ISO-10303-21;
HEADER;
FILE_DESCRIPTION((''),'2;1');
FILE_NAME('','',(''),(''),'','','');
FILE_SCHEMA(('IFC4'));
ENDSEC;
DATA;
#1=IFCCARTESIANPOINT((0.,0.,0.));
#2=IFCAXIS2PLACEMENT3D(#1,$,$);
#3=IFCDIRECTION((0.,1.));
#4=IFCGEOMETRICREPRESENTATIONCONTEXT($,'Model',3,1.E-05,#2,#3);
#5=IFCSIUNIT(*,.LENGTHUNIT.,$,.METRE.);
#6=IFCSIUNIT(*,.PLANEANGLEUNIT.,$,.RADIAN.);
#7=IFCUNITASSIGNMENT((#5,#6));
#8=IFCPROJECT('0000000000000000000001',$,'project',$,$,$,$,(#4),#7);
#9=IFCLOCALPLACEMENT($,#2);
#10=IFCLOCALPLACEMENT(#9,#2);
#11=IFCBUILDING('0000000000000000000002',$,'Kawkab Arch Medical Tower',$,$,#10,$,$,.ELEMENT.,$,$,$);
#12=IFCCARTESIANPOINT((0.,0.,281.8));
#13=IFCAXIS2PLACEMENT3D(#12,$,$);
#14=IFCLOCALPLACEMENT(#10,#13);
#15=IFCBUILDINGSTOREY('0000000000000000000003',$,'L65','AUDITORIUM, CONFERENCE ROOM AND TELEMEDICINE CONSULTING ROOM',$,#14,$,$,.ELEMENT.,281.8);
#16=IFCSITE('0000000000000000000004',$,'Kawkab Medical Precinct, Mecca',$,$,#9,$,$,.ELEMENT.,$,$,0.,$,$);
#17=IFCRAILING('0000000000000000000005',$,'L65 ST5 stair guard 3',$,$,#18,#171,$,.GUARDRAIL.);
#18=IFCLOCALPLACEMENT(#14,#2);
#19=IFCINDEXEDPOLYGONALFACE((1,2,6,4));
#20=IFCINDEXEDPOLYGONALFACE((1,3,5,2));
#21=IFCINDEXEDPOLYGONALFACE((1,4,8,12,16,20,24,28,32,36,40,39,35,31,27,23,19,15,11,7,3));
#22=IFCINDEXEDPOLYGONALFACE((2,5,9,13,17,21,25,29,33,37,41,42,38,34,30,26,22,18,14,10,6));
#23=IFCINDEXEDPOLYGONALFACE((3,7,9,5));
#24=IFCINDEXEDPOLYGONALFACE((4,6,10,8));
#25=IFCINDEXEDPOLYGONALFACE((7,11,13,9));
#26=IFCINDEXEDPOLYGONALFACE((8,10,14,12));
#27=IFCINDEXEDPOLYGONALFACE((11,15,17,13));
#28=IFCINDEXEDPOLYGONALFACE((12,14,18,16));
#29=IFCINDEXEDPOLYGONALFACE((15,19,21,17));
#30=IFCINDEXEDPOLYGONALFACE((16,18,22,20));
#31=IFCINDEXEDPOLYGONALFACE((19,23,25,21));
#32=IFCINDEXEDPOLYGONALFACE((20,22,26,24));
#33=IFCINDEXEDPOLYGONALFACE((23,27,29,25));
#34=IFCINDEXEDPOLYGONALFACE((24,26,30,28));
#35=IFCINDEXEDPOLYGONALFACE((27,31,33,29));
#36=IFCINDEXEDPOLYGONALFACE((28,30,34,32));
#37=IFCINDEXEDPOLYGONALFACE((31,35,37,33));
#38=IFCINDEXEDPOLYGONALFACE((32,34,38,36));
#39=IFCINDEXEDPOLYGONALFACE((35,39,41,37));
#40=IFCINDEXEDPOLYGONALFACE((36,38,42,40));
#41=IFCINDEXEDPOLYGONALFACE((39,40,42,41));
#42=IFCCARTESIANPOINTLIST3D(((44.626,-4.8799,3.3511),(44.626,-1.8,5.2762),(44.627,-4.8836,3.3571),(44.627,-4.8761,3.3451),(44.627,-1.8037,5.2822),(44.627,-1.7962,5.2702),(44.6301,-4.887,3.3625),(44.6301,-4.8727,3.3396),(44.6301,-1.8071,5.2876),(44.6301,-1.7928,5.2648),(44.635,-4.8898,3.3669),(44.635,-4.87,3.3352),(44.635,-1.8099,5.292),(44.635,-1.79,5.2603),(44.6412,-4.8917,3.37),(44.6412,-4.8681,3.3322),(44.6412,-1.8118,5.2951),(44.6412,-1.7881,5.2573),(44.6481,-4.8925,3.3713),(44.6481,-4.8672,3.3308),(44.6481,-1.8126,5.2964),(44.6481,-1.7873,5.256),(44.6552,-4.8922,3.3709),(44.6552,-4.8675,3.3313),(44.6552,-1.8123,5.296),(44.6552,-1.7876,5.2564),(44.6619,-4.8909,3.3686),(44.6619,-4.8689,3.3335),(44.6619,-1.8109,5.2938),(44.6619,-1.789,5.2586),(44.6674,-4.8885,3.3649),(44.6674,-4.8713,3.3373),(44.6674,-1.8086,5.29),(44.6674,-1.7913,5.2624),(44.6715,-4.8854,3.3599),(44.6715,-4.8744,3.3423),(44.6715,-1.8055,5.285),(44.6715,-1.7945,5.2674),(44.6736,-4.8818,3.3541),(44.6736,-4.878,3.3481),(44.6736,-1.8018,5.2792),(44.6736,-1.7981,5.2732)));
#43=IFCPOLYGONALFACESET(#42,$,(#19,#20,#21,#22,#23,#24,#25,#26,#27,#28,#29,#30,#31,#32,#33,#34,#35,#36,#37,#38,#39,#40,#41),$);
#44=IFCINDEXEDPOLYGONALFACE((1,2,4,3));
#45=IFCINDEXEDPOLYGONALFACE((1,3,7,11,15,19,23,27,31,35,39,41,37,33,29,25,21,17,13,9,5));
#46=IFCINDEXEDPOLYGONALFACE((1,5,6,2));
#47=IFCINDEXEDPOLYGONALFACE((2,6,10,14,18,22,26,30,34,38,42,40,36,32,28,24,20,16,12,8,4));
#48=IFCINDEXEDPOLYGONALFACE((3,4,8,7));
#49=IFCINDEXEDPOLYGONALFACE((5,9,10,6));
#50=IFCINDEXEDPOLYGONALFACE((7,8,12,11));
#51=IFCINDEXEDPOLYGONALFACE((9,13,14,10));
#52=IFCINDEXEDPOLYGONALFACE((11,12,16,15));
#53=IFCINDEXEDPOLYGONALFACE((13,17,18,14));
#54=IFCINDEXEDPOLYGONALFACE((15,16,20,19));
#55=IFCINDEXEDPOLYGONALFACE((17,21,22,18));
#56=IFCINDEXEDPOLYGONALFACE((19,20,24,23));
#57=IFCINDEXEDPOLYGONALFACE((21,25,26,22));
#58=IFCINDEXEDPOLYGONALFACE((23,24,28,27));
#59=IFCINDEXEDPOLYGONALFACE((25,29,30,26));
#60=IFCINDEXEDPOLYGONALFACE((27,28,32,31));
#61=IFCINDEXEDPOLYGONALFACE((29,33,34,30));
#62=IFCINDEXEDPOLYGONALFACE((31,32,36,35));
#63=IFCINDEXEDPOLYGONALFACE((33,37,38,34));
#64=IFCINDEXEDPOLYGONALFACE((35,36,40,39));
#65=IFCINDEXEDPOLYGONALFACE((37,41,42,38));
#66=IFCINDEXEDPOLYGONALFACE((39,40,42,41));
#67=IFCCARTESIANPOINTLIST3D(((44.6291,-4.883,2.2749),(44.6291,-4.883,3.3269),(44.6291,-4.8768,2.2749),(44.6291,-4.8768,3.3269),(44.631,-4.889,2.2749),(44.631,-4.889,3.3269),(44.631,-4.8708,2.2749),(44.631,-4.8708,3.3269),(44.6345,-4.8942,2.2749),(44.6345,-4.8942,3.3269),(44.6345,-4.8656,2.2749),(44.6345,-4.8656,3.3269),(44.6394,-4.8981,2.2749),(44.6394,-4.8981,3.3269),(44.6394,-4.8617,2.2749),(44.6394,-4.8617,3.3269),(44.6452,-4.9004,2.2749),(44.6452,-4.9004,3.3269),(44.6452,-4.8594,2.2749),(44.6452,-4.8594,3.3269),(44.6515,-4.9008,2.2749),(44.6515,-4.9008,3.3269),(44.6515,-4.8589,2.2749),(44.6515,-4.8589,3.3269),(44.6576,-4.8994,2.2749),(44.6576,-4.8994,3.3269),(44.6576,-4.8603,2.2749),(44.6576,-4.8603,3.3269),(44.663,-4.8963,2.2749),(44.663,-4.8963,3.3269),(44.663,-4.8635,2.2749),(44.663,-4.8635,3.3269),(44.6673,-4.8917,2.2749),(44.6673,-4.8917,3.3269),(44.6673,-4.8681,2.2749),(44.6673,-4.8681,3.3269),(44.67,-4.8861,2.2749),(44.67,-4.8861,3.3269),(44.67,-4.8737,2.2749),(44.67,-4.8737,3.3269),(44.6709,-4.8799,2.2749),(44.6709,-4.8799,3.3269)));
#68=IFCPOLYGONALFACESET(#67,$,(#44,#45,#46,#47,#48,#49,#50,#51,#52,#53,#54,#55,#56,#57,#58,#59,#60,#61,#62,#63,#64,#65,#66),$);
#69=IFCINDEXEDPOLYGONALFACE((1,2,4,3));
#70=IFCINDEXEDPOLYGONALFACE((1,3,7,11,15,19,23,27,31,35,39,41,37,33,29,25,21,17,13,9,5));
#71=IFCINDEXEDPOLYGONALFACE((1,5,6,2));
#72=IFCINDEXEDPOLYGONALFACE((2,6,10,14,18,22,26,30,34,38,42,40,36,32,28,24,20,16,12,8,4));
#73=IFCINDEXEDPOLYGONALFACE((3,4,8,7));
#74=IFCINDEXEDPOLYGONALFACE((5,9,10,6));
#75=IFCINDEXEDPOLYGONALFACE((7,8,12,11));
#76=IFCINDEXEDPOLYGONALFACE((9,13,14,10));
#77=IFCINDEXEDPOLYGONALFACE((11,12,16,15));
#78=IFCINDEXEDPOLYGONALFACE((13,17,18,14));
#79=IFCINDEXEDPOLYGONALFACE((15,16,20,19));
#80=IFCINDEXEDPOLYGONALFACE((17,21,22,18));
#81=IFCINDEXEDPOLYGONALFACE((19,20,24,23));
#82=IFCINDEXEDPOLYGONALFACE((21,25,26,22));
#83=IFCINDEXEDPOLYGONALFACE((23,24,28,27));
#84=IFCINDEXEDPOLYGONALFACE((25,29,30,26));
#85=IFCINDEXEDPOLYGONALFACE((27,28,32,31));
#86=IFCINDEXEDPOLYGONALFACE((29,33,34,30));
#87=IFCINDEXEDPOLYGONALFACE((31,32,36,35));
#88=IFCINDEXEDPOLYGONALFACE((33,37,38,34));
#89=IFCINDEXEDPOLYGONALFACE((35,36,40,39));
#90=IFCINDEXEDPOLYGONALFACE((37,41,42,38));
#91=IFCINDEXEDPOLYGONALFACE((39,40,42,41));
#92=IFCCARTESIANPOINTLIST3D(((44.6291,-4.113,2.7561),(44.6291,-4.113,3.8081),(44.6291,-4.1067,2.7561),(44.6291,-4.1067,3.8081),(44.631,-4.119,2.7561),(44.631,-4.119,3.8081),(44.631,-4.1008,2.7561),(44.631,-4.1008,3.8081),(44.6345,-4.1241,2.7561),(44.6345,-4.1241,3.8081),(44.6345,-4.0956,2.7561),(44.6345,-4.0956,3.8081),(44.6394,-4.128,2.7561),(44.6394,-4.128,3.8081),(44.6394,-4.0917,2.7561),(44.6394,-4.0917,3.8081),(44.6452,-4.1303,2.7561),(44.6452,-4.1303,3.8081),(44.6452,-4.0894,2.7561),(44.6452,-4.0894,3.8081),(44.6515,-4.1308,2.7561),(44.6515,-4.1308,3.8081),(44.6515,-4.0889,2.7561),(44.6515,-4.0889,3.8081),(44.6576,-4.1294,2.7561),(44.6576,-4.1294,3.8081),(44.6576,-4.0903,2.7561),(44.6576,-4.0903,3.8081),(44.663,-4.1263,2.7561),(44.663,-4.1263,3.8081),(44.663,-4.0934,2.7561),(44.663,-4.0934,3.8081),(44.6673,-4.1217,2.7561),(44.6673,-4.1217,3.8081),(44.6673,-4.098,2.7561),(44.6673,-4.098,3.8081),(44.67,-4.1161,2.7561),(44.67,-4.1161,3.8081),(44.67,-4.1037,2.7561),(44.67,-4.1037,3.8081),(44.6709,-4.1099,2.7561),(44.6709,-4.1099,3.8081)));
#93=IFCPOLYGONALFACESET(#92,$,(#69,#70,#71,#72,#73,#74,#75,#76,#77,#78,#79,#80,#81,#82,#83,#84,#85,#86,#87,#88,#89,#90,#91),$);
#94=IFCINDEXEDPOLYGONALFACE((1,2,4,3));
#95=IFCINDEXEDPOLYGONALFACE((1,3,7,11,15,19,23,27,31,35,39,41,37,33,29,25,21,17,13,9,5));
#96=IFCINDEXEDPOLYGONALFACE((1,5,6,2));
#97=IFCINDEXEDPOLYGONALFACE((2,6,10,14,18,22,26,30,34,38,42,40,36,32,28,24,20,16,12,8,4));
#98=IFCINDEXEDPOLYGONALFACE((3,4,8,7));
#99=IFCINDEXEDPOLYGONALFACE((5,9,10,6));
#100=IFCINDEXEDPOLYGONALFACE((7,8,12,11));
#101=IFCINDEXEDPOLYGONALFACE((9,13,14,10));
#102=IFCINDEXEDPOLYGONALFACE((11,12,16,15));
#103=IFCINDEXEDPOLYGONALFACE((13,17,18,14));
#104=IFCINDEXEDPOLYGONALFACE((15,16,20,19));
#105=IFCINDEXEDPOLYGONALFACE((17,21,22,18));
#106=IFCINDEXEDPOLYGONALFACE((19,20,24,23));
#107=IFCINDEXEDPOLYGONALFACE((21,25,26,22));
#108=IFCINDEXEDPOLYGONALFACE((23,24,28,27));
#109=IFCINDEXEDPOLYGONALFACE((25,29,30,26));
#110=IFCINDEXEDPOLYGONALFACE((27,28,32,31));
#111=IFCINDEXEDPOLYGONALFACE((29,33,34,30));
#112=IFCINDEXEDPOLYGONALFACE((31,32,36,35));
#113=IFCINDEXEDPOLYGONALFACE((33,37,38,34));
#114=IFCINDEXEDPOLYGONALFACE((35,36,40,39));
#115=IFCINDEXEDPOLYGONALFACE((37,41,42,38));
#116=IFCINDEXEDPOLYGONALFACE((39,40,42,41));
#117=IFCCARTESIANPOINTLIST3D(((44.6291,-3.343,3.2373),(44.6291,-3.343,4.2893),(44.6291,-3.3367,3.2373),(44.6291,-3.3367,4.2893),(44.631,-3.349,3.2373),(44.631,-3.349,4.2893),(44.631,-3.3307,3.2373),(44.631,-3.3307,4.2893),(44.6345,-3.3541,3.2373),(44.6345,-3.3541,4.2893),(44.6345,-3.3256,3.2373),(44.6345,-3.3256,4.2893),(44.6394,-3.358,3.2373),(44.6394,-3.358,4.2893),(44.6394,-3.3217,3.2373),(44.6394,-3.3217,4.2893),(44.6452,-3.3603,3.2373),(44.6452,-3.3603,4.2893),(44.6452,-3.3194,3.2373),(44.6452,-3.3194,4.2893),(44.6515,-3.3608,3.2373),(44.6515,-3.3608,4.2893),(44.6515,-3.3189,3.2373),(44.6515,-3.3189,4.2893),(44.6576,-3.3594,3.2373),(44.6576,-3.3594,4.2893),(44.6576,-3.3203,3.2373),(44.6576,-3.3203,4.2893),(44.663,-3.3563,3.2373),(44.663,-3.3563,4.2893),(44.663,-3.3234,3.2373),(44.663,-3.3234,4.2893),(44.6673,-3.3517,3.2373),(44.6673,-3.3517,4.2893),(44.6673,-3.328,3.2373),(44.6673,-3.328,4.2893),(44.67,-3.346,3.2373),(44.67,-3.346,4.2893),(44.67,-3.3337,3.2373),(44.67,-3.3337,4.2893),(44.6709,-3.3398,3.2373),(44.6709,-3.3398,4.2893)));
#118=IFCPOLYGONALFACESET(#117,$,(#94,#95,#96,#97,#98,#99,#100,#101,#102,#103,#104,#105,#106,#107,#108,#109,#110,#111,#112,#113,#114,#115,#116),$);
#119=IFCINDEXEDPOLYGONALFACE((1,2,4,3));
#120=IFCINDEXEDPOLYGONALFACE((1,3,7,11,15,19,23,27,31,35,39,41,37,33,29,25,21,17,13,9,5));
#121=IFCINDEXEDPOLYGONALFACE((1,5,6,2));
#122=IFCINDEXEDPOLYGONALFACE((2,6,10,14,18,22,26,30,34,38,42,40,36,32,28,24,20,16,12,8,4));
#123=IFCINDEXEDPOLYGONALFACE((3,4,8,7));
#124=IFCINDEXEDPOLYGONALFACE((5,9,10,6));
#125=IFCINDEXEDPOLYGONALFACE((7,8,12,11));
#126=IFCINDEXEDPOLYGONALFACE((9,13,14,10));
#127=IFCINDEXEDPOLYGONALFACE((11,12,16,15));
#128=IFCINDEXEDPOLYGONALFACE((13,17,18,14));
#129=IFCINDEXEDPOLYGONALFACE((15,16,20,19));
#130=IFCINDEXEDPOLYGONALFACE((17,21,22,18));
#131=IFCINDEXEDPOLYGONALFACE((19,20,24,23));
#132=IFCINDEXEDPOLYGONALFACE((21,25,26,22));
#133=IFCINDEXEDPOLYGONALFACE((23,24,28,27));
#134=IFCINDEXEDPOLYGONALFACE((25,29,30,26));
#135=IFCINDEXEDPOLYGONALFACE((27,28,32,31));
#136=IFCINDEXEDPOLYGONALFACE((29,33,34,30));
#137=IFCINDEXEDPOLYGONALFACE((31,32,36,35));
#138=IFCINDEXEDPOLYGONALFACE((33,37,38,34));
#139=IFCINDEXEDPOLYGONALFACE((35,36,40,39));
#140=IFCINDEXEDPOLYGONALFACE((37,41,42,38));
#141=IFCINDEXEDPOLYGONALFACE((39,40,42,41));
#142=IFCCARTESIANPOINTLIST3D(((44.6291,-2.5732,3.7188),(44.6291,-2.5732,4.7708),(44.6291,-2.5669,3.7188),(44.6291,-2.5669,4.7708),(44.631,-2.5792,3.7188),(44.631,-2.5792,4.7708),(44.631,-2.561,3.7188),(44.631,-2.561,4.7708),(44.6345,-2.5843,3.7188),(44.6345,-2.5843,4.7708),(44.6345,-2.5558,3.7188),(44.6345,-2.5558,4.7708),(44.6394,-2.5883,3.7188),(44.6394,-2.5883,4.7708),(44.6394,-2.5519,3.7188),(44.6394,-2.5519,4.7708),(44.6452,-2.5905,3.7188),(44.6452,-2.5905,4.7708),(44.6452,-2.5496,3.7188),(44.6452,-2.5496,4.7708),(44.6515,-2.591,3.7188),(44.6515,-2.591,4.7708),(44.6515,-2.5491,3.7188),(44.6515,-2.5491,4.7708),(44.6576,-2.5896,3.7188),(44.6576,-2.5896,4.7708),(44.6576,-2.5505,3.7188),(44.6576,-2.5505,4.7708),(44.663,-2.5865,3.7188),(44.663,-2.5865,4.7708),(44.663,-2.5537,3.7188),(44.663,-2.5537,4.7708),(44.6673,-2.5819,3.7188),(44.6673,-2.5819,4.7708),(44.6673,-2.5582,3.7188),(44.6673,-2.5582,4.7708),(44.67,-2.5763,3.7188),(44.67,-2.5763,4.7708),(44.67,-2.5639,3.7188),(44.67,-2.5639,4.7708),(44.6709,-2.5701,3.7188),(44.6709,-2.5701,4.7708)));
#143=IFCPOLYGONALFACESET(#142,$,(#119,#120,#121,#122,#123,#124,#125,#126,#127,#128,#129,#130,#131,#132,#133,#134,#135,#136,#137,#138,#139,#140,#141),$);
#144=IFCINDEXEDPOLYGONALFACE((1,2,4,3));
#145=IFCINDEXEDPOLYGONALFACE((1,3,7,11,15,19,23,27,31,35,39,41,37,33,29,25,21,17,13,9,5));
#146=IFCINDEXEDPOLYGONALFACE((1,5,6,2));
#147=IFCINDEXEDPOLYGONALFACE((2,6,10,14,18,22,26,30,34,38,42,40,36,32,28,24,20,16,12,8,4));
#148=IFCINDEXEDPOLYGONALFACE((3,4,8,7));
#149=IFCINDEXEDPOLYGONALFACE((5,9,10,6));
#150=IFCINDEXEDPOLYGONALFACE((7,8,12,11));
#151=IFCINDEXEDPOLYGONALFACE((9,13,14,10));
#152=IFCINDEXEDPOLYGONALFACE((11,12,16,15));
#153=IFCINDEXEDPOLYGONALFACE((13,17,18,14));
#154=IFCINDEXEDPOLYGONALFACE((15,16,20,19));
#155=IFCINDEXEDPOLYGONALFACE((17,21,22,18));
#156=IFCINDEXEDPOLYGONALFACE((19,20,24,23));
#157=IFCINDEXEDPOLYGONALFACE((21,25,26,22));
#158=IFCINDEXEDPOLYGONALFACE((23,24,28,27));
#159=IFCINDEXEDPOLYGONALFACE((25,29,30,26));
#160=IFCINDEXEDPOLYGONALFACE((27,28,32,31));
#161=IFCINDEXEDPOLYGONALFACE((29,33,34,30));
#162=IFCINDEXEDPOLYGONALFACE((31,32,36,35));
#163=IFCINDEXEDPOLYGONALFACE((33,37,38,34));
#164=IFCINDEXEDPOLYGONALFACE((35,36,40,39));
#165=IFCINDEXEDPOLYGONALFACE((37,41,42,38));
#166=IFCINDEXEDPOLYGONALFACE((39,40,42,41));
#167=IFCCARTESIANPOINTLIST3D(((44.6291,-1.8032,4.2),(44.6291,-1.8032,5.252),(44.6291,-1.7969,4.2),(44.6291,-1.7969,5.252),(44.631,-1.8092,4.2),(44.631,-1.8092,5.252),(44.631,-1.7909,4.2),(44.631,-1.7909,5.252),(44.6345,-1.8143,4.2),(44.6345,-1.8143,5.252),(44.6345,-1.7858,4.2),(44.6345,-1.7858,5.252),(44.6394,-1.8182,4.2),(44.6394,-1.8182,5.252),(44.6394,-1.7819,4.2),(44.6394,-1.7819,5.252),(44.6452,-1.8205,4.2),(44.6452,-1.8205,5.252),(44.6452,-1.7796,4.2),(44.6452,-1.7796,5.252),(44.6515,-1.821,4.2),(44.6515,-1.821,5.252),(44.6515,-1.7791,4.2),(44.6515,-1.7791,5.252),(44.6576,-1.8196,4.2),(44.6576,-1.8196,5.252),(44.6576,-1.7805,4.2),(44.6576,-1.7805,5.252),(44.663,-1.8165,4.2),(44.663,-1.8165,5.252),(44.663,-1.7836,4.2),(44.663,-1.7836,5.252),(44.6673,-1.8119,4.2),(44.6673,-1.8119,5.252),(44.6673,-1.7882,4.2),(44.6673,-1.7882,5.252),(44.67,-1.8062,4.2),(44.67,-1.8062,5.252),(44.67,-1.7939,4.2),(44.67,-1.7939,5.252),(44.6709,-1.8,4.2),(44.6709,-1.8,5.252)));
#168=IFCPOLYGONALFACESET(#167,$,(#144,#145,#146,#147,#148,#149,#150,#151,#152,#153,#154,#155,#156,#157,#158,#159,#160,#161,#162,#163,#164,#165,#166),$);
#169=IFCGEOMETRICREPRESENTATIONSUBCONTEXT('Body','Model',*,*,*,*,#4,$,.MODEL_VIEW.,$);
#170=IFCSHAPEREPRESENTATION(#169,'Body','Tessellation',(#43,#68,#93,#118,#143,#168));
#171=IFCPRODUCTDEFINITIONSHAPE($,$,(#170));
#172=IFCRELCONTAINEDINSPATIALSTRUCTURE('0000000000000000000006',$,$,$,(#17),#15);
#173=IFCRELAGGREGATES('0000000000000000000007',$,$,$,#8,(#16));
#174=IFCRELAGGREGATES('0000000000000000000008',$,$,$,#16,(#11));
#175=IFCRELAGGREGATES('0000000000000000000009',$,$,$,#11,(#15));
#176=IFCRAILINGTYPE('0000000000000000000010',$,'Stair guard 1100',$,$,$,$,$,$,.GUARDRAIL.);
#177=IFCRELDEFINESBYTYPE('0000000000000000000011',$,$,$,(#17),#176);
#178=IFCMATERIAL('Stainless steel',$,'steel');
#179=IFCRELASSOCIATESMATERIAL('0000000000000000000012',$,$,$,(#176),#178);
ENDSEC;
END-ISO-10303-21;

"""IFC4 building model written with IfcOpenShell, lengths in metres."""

from ifc_helpers import new_model, si_unit, direction, frame, origin, origin_2d, place, context, subcontext, project, spatial, circle, extrude, material, type_object, element, save


model = new_model("IFC4")

# Units and contexts
model_context = context("Model", 3, precision=1e-05, world=origin(), true_north=direction((0.0, 1.0)))
body_context = subcontext(model_context, "Body", "Model", "MODEL_VIEW")
ifc_project = project(units=[si_unit("LENGTHUNIT", "METRE"), si_unit("PLANEANGLEUNIT", "RADIAN")], contexts=[model_context])

# Site, building, storey
site_placement = place(None, origin())
site = spatial("IfcSite", under=ifc_project, at=site_placement, Name="Kawkab Medical Precinct, Mecca", CompositionType="ELEMENT", RefElevation=0.0)
building_placement = place(site_placement, origin())
building = spatial("IfcBuilding", under=site, at=building_placement, Name="Kawkab Arch Medical Tower", CompositionType="ELEMENT")
storey_placement = place(building_placement, frame((0.0, 0.0, 281.8)))
storey = spatial("IfcBuildingStorey", under=building, at=storey_placement, Name="L65", Description="AUDITORIUM, CONFERENCE ROOM AND TELEMEDICINE CONSULTING ROOM", CompositionType="ELEMENT", Elevation=281.8)

# Railing
ifc_material_1 = material(Name="Stainless steel", Category="steel")
railing_type_1 = type_object("IfcRailingType", Name="Stair guard 1100", PredefinedType="GUARDRAIL", material=ifc_material_1)
railing_1_placement = place(storey_placement, frame((44.6499, -4.8799, 2.2749)))
element("IfcRailing", 1, at=railing_1_placement, inside=storey, type_object=railing_type_1, Name="L65 ST5 stair guard 3", PredefinedType="GUARDRAIL", context=body_context, shape_type="SweptSolid", body=[
    extrude(circle(Radius=0.0239, at=origin_2d()), frame((0.0, 0.0, 1.0762), z_axis=(0.0, 0.847979, 0.530029), x_axis=(-1.0, 0.0, 0.0)), (0.0, 0.0, 1.0), 3.6321),
    extrude(circle(Radius=0.021, at=origin_2d()), origin(), (0.0, 0.0, 1.0), 1.052),
    extrude(circle(Radius=0.021, at=origin_2d()), frame((0.0, 0.77, 0.4812)), (0.0, 0.0, 1.0), 1.052),
    extrude(circle(Radius=0.021, at=origin_2d()), frame((0.0, 1.54, 0.9624)), (0.0, 0.0, 1.0), 1.052),
    extrude(circle(Radius=0.021, at=origin_2d()), frame((0.0, 2.3098, 1.4438)), (0.0, 0.0, 1.0), 1.052),
    extrude(circle(Radius=0.021, at=origin_2d()), frame((0.0, 3.0798, 1.925)), (0.0, 0.0, 1.0), 1.052),
])

save(model, "model.ifc")
